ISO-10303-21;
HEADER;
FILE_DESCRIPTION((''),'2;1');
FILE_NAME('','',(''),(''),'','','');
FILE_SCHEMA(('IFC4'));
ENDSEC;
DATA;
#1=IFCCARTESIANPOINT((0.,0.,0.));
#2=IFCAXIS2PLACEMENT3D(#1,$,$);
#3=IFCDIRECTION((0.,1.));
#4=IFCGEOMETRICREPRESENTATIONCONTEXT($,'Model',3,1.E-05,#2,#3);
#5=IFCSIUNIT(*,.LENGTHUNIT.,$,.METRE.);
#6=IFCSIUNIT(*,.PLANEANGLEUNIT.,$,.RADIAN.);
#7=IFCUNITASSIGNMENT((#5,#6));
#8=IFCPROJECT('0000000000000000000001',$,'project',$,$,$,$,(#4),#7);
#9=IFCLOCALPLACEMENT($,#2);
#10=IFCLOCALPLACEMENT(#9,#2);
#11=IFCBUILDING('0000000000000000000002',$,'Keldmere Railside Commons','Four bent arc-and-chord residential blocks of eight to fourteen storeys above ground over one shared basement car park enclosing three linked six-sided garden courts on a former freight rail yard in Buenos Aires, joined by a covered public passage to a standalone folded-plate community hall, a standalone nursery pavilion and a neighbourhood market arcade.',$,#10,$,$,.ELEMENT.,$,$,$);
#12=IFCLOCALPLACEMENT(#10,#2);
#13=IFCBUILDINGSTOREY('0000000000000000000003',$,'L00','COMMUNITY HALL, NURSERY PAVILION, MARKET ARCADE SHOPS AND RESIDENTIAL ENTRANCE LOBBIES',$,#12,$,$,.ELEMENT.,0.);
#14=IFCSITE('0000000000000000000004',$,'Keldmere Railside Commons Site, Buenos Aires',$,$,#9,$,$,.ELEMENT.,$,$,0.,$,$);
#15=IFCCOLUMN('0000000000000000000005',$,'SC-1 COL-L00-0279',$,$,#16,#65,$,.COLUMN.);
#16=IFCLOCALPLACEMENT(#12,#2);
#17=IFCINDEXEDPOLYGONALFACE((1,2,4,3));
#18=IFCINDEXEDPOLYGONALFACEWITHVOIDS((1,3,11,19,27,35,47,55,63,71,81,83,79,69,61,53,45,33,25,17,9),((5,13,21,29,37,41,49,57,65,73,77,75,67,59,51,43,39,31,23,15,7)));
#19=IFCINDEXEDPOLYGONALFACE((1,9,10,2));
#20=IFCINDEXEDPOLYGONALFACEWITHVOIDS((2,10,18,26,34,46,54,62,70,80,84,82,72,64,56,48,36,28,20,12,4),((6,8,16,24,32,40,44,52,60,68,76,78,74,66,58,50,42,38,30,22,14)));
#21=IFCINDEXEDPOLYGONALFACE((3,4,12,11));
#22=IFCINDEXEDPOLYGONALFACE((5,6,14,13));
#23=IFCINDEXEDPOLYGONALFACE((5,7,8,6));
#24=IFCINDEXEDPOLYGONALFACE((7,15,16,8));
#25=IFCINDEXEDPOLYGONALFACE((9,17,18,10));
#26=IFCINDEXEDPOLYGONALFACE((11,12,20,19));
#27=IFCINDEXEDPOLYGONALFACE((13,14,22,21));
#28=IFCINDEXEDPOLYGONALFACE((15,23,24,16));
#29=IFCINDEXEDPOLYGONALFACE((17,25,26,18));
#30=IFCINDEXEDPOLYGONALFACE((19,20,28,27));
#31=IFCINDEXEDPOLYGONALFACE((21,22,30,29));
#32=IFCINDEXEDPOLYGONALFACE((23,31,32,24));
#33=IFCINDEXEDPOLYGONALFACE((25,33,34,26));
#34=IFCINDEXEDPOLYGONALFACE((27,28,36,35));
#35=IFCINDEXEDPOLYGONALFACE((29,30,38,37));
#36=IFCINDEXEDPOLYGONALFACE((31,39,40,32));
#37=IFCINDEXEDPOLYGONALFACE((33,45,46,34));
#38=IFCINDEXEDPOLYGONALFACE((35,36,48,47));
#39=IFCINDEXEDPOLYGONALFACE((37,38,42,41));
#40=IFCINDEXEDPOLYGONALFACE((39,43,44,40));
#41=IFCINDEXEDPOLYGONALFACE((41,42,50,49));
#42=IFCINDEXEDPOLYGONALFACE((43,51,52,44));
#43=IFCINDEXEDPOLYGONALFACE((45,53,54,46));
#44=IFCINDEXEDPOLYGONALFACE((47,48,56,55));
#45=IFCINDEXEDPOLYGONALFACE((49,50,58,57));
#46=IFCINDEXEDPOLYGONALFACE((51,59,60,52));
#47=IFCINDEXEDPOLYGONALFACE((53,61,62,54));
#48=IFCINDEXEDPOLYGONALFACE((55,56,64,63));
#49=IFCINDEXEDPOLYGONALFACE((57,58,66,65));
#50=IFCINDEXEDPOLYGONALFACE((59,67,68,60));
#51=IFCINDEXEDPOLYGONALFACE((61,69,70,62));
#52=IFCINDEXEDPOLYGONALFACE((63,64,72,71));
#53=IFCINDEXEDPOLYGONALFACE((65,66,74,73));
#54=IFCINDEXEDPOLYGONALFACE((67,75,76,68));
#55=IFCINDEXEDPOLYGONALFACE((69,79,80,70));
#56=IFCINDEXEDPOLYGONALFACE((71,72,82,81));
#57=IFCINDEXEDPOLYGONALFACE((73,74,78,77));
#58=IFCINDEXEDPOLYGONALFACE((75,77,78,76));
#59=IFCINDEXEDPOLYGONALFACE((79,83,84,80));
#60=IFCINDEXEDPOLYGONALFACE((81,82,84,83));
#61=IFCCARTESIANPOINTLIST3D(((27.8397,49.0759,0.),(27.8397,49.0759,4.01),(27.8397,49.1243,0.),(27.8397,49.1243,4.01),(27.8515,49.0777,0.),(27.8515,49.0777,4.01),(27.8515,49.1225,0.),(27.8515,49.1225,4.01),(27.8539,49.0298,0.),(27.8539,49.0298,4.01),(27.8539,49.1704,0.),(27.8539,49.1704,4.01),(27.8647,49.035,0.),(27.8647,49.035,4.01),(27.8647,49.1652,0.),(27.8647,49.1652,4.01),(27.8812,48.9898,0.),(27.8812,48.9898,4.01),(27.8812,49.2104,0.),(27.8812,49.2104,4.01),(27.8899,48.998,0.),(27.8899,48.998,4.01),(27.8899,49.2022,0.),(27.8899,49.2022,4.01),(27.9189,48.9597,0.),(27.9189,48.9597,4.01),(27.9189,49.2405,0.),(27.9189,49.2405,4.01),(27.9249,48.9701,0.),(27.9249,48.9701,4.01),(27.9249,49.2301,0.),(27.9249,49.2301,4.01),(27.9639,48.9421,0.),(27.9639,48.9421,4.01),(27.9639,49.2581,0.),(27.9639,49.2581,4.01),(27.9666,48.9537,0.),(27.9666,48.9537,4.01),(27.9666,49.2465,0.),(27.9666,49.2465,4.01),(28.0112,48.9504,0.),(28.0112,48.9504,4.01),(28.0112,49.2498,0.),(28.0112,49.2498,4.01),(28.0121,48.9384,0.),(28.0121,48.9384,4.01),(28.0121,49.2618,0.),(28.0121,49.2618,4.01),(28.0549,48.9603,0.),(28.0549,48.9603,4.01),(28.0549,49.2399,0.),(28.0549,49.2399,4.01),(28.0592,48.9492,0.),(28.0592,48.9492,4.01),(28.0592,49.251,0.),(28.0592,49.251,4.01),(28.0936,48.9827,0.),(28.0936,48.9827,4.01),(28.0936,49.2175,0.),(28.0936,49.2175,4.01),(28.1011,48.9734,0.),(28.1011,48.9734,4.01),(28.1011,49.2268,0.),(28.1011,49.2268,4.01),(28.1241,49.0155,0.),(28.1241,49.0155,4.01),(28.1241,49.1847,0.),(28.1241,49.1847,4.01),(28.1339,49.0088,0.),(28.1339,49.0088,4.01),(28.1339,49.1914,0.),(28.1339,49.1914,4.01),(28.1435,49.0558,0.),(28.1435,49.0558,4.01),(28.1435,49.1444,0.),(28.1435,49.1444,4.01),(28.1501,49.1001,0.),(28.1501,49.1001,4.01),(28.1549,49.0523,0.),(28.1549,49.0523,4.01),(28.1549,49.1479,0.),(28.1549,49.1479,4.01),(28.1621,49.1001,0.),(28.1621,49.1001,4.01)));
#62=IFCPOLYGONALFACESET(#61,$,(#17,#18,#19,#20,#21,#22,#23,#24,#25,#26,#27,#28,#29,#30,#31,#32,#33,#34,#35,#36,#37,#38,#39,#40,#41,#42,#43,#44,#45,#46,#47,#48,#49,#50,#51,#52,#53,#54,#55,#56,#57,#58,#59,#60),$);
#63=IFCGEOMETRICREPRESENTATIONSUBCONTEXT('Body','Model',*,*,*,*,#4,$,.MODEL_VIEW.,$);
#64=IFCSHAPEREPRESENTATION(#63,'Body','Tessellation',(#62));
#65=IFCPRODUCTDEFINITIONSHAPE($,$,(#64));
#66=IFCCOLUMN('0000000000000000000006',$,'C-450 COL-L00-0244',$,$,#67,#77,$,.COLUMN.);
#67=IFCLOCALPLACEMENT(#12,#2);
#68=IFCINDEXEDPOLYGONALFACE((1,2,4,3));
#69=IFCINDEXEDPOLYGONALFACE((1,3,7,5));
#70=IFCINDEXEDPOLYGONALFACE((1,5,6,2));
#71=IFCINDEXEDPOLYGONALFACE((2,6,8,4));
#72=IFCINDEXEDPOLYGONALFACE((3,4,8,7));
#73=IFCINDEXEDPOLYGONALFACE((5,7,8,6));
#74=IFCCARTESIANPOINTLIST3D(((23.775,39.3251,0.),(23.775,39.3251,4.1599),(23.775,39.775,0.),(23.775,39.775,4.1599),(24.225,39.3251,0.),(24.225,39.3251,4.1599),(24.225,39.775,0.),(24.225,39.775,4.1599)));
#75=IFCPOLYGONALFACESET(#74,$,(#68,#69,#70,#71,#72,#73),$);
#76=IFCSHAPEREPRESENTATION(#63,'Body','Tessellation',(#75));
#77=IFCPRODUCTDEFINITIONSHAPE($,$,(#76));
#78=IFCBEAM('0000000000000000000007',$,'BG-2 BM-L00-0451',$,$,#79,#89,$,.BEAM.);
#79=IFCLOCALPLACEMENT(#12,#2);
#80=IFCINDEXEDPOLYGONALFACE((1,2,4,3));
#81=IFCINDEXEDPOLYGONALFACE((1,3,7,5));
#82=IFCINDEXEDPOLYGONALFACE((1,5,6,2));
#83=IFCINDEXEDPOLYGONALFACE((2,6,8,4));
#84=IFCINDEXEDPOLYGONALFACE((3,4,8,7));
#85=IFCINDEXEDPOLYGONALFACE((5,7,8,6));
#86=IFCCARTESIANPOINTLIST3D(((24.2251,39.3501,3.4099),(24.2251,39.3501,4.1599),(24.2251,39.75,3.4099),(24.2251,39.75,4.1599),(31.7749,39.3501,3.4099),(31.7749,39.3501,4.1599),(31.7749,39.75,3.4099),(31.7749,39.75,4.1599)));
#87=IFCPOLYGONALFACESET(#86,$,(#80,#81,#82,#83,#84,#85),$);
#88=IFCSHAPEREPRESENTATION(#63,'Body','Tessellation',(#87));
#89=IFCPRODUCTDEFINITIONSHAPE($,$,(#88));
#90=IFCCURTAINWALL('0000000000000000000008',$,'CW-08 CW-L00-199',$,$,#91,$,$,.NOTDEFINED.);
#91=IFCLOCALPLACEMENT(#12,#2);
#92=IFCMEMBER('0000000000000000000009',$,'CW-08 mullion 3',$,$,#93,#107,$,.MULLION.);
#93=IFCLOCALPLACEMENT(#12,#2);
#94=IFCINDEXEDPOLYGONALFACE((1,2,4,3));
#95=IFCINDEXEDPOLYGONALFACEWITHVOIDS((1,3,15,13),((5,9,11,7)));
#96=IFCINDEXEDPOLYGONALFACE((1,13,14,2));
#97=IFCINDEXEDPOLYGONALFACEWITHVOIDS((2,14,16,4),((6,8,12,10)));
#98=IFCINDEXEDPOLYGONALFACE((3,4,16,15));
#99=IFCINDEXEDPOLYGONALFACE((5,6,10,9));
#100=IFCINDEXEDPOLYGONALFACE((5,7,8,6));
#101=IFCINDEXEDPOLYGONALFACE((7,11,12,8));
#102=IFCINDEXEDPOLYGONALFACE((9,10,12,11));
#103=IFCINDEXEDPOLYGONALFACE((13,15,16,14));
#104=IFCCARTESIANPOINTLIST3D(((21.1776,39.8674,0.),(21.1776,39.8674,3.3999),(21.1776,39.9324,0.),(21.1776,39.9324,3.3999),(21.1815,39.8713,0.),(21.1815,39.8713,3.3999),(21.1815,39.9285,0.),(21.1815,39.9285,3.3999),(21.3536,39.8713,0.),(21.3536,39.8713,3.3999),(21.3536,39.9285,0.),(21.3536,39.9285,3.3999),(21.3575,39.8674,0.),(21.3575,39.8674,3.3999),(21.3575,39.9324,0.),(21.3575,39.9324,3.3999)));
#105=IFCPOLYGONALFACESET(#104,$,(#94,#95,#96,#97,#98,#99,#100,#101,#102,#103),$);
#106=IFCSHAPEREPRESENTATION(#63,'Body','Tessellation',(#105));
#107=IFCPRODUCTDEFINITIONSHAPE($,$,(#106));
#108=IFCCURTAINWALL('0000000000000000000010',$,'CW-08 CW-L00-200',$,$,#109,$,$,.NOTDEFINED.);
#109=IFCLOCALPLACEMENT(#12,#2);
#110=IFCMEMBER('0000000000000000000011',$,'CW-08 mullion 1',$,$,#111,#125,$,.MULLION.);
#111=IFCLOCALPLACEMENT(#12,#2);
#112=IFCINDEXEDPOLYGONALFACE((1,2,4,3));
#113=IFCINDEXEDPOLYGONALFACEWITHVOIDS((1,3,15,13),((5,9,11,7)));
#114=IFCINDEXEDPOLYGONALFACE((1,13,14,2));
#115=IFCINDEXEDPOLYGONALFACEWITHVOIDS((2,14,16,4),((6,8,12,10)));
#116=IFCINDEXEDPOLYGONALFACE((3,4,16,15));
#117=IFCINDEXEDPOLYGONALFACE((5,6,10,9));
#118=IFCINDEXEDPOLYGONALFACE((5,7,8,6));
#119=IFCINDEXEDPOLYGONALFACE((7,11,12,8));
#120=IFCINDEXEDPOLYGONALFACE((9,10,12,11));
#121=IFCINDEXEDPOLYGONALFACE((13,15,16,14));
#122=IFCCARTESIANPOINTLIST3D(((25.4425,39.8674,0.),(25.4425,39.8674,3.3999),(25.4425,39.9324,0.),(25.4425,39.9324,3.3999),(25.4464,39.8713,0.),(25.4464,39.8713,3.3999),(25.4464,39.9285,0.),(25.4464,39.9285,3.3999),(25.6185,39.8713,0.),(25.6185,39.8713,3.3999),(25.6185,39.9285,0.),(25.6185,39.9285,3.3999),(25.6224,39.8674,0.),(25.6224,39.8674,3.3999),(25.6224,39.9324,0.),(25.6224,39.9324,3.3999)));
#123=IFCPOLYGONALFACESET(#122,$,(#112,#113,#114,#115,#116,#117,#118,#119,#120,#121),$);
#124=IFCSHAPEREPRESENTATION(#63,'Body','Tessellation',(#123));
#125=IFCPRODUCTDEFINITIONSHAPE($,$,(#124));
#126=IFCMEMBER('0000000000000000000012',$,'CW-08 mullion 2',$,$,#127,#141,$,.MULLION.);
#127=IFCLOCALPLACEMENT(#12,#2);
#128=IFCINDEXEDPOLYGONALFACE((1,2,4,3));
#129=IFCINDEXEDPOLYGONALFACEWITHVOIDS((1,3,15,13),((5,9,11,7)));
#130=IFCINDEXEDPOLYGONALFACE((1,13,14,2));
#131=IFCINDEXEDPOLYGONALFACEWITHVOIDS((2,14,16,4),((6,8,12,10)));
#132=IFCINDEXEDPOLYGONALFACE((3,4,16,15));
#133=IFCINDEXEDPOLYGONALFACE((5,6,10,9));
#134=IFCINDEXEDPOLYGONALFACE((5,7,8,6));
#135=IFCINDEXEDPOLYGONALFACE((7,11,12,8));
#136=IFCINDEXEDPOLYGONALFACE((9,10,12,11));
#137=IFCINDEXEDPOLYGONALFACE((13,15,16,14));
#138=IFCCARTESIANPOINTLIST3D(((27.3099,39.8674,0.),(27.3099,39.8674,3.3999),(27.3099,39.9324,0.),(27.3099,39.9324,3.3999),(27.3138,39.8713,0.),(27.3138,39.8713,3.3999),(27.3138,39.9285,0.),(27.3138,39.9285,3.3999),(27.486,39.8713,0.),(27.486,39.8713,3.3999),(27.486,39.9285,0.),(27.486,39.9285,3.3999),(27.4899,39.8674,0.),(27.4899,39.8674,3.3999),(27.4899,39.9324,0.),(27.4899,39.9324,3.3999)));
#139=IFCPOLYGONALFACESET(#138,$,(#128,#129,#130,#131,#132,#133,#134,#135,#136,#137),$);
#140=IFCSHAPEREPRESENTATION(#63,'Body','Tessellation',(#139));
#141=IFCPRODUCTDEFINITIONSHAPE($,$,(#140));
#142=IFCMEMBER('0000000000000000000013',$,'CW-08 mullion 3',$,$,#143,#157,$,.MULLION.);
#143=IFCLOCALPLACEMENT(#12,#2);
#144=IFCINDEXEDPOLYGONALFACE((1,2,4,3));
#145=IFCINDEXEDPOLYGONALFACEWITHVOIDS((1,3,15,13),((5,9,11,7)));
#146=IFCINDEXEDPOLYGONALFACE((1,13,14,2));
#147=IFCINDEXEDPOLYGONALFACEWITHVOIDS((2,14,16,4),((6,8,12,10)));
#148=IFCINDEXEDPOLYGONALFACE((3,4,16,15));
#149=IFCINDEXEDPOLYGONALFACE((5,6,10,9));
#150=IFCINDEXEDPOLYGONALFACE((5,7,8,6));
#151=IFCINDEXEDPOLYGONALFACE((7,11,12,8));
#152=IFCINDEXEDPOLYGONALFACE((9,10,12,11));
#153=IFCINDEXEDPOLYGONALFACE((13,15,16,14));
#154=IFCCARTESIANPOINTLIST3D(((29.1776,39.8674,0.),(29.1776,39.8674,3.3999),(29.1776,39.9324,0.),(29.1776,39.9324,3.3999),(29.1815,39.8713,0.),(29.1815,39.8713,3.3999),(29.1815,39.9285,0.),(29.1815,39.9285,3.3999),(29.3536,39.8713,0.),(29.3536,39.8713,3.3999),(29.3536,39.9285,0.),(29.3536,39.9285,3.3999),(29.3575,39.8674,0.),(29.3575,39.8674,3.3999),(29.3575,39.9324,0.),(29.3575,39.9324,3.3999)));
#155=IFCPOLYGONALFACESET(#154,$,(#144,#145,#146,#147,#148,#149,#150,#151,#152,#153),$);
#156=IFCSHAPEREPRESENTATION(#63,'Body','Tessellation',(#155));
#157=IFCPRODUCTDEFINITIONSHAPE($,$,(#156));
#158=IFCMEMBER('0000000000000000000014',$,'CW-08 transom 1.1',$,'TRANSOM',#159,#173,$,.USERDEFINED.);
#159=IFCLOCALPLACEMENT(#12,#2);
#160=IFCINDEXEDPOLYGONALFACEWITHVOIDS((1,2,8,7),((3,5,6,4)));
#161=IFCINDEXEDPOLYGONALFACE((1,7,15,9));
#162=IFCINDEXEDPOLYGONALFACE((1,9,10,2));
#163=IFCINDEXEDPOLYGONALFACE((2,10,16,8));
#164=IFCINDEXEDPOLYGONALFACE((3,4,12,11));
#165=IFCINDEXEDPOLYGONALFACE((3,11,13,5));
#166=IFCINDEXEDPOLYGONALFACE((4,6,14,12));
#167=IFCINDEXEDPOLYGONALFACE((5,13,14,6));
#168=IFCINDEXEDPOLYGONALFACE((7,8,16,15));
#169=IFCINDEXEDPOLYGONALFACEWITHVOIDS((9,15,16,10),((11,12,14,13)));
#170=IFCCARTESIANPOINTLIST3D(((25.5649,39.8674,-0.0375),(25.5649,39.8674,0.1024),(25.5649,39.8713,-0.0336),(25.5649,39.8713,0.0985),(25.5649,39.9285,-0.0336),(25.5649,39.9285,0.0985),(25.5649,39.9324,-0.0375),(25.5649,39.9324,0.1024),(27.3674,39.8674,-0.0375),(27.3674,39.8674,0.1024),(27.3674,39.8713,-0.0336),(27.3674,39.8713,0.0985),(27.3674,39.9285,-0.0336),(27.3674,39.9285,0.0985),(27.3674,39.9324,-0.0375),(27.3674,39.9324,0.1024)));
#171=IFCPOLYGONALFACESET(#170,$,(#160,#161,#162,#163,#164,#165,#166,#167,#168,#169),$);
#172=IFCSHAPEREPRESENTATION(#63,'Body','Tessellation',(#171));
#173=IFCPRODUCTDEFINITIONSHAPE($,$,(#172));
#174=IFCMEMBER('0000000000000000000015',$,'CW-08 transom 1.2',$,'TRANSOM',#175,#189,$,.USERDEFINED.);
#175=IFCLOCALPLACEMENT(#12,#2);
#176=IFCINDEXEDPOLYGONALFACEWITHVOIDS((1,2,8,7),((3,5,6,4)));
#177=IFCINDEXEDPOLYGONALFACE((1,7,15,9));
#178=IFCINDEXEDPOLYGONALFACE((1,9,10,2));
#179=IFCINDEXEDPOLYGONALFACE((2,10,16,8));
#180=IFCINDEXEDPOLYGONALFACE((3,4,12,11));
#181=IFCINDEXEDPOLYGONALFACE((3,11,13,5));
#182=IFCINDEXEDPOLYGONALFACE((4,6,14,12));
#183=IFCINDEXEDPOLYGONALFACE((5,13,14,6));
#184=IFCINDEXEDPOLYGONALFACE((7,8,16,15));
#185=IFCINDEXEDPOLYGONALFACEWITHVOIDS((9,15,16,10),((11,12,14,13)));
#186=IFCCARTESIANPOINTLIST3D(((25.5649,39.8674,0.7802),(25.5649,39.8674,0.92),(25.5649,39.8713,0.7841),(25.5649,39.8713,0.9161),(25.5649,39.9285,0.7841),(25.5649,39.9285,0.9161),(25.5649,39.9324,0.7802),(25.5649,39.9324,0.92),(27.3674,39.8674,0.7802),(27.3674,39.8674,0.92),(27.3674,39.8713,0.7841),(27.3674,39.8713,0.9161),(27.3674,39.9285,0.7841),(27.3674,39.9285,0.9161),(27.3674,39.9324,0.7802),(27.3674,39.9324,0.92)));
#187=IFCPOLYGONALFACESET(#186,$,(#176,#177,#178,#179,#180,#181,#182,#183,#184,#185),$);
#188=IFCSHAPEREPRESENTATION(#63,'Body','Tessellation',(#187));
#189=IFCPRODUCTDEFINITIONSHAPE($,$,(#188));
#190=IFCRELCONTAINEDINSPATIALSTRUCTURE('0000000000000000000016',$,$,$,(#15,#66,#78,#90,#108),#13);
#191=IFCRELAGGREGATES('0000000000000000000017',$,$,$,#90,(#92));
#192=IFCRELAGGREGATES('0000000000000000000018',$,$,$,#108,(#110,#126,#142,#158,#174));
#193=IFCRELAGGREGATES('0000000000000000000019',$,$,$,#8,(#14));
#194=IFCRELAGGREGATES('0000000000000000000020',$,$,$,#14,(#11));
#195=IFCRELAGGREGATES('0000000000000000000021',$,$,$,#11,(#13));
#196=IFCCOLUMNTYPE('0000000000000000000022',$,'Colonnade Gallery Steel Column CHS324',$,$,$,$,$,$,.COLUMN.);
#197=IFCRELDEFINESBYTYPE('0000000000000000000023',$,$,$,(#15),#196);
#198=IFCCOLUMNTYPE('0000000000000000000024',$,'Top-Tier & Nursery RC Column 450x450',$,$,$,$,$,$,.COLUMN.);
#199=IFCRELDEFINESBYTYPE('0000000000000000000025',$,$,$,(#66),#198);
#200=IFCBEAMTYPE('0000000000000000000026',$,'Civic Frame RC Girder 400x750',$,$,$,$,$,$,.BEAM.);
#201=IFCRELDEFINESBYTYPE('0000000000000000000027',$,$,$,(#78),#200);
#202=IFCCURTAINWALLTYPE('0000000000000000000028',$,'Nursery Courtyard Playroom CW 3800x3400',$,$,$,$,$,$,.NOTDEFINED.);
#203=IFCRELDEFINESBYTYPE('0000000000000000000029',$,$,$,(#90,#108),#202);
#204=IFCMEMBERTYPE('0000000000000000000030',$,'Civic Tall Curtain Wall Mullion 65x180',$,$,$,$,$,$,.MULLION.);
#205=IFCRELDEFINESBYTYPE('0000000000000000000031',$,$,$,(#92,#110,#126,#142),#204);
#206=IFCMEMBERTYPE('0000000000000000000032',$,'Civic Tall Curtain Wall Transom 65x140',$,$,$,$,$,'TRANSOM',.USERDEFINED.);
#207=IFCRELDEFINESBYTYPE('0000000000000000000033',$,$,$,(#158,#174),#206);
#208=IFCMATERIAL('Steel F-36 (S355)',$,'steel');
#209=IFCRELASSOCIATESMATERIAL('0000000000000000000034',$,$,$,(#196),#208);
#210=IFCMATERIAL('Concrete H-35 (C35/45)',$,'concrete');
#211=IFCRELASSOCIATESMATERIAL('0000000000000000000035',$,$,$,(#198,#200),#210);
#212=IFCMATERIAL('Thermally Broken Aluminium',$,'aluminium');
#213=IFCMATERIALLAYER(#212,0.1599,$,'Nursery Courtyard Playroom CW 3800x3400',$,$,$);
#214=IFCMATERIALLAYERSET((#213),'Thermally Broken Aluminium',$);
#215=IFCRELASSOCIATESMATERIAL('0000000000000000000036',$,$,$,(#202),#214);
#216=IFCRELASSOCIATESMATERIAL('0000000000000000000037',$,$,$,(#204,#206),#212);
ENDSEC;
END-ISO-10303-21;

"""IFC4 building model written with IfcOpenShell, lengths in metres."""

from ifc_helpers import new_model, si_unit, direction, frame, origin, origin_2d, place, context, subcontext, project, spatial, rectangle, hollow_rectangle, hollow_circle, extrude, material, layer, layer_set, material_profile, profile_set, type_object, element, aggregate, save


model = new_model("IFC4")

# Units and contexts
model_context = context("Model", 3, precision=1e-05, world=origin(), true_north=direction((0.0, 1.0)))
body_context = subcontext(model_context, "Body", "Model", "MODEL_VIEW")
ifc_project = project(units=[si_unit("LENGTHUNIT", "METRE"), si_unit("PLANEANGLEUNIT", "RADIAN")], contexts=[model_context])

# Site, building, storey
site_placement = place(None, origin())
site = spatial("IfcSite", under=ifc_project, at=site_placement, Name="Keldmere Railside Commons Site, Buenos Aires", CompositionType="ELEMENT", RefElevation=0.0)
building_placement = place(site_placement, origin())
building = spatial("IfcBuilding", under=site, at=building_placement, Name="Keldmere Railside Commons", Description="Four bent arc-and-chord residential blocks of eight to fourteen storeys above ground over one shared basement car park enclosing three linked six-sided garden courts on a former freight rail yard in Buenos Aires, joined by a covered public passage to a standalone folded-plate community hall, a standalone nursery pavilion and a neighbourhood market arcade.", CompositionType="ELEMENT")
storey_placement = place(building_placement, origin())
storey = spatial("IfcBuildingStorey", under=building, at=storey_placement, Name="L00", Description="COMMUNITY HALL, NURSERY PAVILION, MARKET ARCADE SHOPS AND RESIDENTIAL ENTRANCE LOBBIES", CompositionType="ELEMENT", Elevation=0.0)

# Columns
ifc_material_1 = material(Name="Steel F-36 (S355)", Category="steel")
ifc_material_profile_1 = material_profile(ifc_material_1, hollow_circle(Radius=0.1621, WallThickness=0.012, at=origin_2d()), Name="CHS-324x12")
ifc_profile_set_1 = profile_set([ifc_material_profile_1], Name="Steel F-36 (S355)")
column_type_1 = type_object("IfcColumnType", Name="Colonnade Gallery Steel Column CHS324", PredefinedType="COLUMN", material=ifc_profile_set_1)
column_1_placement = place(storey_placement, frame((28.0, 49.1001, 0.0), z_axis=(0.0, 0.0, 1.0), x_axis=(1.0, 0.0, 0.0)))
element("IfcColumn", 1, at=column_1_placement, inside=storey, type_object=column_type_1, Name="SC-1 COL-L00-0279", PredefinedType="COLUMN", context=body_context, shape_type="SweptSolid", body=[
    extrude(hollow_circle(Radius=0.1621, WallThickness=0.012, at=origin_2d()), origin(), (0.0, 0.0, 1.0), 4.01),
])
ifc_material_2 = material(Name="Concrete H-35 (C35/45)", Category="concrete")
ifc_material_profile_2 = material_profile(ifc_material_2, rectangle(XDim=0.45, YDim=0.45, at=origin_2d()), Name="RC-450x450")
ifc_profile_set_2 = profile_set([ifc_material_profile_2], Name="Concrete H-35 (C35/45)")
column_type_2 = type_object("IfcColumnType", Name="Top-Tier & Nursery RC Column 450x450", PredefinedType="COLUMN", material=ifc_profile_set_2)
column_2_placement = place(storey_placement, frame((24.0, 39.55, 0.0), z_axis=(0.0, 0.0, 1.0), x_axis=(1.0, 0.0, 0.0)))
element("IfcColumn", 2, at=column_2_placement, inside=storey, type_object=column_type_2, Name="C-450 COL-L00-0244", PredefinedType="COLUMN", context=body_context, shape_type="SweptSolid", body=[
    extrude(rectangle(XDim=0.45, YDim=0.45, at=origin_2d()), origin(), (0.0, 0.0, 1.0), 4.1599),
])

# Beam
ifc_material_profile_3 = material_profile(ifc_material_2, rectangle(XDim=0.3999, YDim=0.75, at=origin_2d()), Name="RC-400x750")
ifc_profile_set_3 = profile_set([ifc_material_profile_3], Name="Concrete H-35 (C35/45)")
beam_type_1 = type_object("IfcBeamType", Name="Civic Frame RC Girder 400x750", PredefinedType="BEAM", material=ifc_profile_set_3)
beam_1_placement = place(storey_placement, frame((24.2251, 39.55, 3.7849), z_axis=(1.0, 0.0, 0.0), x_axis=(0.0, 1.0, 0.0)))
element("IfcBeam", 3, at=beam_1_placement, inside=storey, type_object=beam_type_1, Name="BG-2 BM-L00-0451", PredefinedType="BEAM", context=body_context, shape_type="SweptSolid", body=[
    extrude(rectangle(XDim=0.3999, YDim=0.75, at=origin_2d()), origin(), (0.0, 0.0, 1.0), 7.5498),
])

# Curtain wall, member
ifc_material_3 = material(Name="Thermally Broken Aluminium", Category="aluminium")
ifc_layer_1 = layer(ifc_material_3, 0.1599, Name="Nursery Courtyard Playroom CW 3800x3400")
ifc_layer_set_1 = layer_set([ifc_layer_1], Name="Thermally Broken Aluminium")
curtain_wall_type = type_object("IfcCurtainWallType", Name="Nursery Courtyard Playroom CW 3800x3400", PredefinedType="NOTDEFINED", material=ifc_layer_set_1)
curtain_wall_1_placement = place(storey_placement, origin())
curtain_wall_1 = element("IfcCurtainWall", 4, at=curtain_wall_1_placement, inside=storey, type_object=curtain_wall_type, Name="CW-08 CW-L00-199", PredefinedType="NOTDEFINED")
ifc_material_profile_4 = material_profile(ifc_material_3, hollow_rectangle(XDim=0.0649, YDim=0.1799, WallThickness=0.0039, at=origin_2d()), Name="ALU-MULL-65x180")
ifc_profile_set_4 = profile_set([ifc_material_profile_4], Name="Thermally Broken Aluminium")
member_type_1 = type_object("IfcMemberType", Name="Civic Tall Curtain Wall Mullion 65x180", PredefinedType="MULLION", material=ifc_profile_set_4)
member_1_placement = place(storey_placement, frame((21.2676, 39.8999, 0.0), z_axis=(0.0, 0.0, 1.0), x_axis=(0.0, 1.0, 0.0)))
member_1 = element("IfcMember", 5, at=member_1_placement, type_object=member_type_1, Name="CW-08 mullion 3", PredefinedType="MULLION", context=body_context, shape_type="SweptSolid", body=[
    extrude(hollow_rectangle(XDim=0.0649, YDim=0.1799, WallThickness=0.0039, at=origin_2d()), origin(), (0.0, 0.0, 1.0), 3.3999),
])

# Curtain wall, members
curtain_wall_2_placement = place(storey_placement, origin())
curtain_wall_2 = element("IfcCurtainWall", 6, at=curtain_wall_2_placement, inside=storey, type_object=curtain_wall_type, Name="CW-08 CW-L00-200", PredefinedType="NOTDEFINED")
member_2_placement = place(storey_placement, frame((25.5325, 39.8999, 0.0), z_axis=(0.0, 0.0, 1.0), x_axis=(0.0, 1.0, 0.0)))
member_2 = element("IfcMember", 7, at=member_2_placement, type_object=member_type_1, Name="CW-08 mullion 1", PredefinedType="MULLION", context=body_context, shape_type="SweptSolid", body=[
    extrude(hollow_rectangle(XDim=0.0649, YDim=0.1799, WallThickness=0.0039, at=origin_2d()), origin(), (0.0, 0.0, 1.0), 3.3999),
])
member_3_placement = place(storey_placement, frame((27.3999, 39.8999, 0.0), z_axis=(0.0, 0.0, 1.0), x_axis=(0.0, 1.0, 0.0)))
member_3 = element("IfcMember", 8, at=member_3_placement, type_object=member_type_1, Name="CW-08 mullion 2", PredefinedType="MULLION", context=body_context, shape_type="SweptSolid", body=[
    extrude(hollow_rectangle(XDim=0.0649, YDim=0.1799, WallThickness=0.0039, at=origin_2d()), origin(), (0.0, 0.0, 1.0), 3.3999),
])
member_4_placement = place(storey_placement, frame((29.2676, 39.8999, 0.0), z_axis=(0.0, 0.0, 1.0), x_axis=(0.0, 1.0, 0.0)))
member_4 = element("IfcMember", 9, at=member_4_placement, type_object=member_type_1, Name="CW-08 mullion 3", PredefinedType="MULLION", context=body_context, shape_type="SweptSolid", body=[
    extrude(hollow_rectangle(XDim=0.0649, YDim=0.1799, WallThickness=0.0039, at=origin_2d()), origin(), (0.0, 0.0, 1.0), 3.3999),
])
ifc_material_profile_5 = material_profile(ifc_material_3, hollow_rectangle(XDim=0.0649, YDim=0.1399, WallThickness=0.0039, at=origin_2d()), Name="ALU-TRAN-65x140")
ifc_profile_set_5 = profile_set([ifc_material_profile_5], Name="Thermally Broken Aluminium")
member_type_2 = type_object("IfcMemberType", Name="Civic Tall Curtain Wall Transom 65x140", ElementType="TRANSOM", PredefinedType="USERDEFINED", material=ifc_profile_set_5)
member_5_placement = place(storey_placement, frame((25.5649, 39.8999, 0.0325), z_axis=(1.0, 0.0, 0.0), x_axis=(0.0, 1.0, 0.0)))
member_5 = element("IfcMember", 10, at=member_5_placement, type_object=member_type_2, Name="CW-08 transom 1.1", ObjectType="TRANSOM", PredefinedType="USERDEFINED", context=body_context, shape_type="SweptSolid", body=[
    extrude(hollow_rectangle(XDim=0.0649, YDim=0.1399, WallThickness=0.0039, at=origin_2d()), origin(), (0.0, 0.0, 1.0), 1.8025),
])
member_6_placement = place(storey_placement, frame((25.5649, 39.8999, 0.8501), z_axis=(1.0, 0.0, 0.0), x_axis=(0.0, 1.0, 0.0)))
member_6 = element("IfcMember", 11, at=member_6_placement, type_object=member_type_2, Name="CW-08 transom 1.2", ObjectType="TRANSOM", PredefinedType="USERDEFINED", context=body_context, shape_type="SweptSolid", body=[
    extrude(hollow_rectangle(XDim=0.0649, YDim=0.1399, WallThickness=0.0039, at=origin_2d()), origin(), (0.0, 0.0, 1.0), 1.8025),
])

aggregate(curtain_wall_1, [member_1])
aggregate(curtain_wall_2, [member_2, member_3, member_4, member_5, member_6])

save(model, "model.ifc")
